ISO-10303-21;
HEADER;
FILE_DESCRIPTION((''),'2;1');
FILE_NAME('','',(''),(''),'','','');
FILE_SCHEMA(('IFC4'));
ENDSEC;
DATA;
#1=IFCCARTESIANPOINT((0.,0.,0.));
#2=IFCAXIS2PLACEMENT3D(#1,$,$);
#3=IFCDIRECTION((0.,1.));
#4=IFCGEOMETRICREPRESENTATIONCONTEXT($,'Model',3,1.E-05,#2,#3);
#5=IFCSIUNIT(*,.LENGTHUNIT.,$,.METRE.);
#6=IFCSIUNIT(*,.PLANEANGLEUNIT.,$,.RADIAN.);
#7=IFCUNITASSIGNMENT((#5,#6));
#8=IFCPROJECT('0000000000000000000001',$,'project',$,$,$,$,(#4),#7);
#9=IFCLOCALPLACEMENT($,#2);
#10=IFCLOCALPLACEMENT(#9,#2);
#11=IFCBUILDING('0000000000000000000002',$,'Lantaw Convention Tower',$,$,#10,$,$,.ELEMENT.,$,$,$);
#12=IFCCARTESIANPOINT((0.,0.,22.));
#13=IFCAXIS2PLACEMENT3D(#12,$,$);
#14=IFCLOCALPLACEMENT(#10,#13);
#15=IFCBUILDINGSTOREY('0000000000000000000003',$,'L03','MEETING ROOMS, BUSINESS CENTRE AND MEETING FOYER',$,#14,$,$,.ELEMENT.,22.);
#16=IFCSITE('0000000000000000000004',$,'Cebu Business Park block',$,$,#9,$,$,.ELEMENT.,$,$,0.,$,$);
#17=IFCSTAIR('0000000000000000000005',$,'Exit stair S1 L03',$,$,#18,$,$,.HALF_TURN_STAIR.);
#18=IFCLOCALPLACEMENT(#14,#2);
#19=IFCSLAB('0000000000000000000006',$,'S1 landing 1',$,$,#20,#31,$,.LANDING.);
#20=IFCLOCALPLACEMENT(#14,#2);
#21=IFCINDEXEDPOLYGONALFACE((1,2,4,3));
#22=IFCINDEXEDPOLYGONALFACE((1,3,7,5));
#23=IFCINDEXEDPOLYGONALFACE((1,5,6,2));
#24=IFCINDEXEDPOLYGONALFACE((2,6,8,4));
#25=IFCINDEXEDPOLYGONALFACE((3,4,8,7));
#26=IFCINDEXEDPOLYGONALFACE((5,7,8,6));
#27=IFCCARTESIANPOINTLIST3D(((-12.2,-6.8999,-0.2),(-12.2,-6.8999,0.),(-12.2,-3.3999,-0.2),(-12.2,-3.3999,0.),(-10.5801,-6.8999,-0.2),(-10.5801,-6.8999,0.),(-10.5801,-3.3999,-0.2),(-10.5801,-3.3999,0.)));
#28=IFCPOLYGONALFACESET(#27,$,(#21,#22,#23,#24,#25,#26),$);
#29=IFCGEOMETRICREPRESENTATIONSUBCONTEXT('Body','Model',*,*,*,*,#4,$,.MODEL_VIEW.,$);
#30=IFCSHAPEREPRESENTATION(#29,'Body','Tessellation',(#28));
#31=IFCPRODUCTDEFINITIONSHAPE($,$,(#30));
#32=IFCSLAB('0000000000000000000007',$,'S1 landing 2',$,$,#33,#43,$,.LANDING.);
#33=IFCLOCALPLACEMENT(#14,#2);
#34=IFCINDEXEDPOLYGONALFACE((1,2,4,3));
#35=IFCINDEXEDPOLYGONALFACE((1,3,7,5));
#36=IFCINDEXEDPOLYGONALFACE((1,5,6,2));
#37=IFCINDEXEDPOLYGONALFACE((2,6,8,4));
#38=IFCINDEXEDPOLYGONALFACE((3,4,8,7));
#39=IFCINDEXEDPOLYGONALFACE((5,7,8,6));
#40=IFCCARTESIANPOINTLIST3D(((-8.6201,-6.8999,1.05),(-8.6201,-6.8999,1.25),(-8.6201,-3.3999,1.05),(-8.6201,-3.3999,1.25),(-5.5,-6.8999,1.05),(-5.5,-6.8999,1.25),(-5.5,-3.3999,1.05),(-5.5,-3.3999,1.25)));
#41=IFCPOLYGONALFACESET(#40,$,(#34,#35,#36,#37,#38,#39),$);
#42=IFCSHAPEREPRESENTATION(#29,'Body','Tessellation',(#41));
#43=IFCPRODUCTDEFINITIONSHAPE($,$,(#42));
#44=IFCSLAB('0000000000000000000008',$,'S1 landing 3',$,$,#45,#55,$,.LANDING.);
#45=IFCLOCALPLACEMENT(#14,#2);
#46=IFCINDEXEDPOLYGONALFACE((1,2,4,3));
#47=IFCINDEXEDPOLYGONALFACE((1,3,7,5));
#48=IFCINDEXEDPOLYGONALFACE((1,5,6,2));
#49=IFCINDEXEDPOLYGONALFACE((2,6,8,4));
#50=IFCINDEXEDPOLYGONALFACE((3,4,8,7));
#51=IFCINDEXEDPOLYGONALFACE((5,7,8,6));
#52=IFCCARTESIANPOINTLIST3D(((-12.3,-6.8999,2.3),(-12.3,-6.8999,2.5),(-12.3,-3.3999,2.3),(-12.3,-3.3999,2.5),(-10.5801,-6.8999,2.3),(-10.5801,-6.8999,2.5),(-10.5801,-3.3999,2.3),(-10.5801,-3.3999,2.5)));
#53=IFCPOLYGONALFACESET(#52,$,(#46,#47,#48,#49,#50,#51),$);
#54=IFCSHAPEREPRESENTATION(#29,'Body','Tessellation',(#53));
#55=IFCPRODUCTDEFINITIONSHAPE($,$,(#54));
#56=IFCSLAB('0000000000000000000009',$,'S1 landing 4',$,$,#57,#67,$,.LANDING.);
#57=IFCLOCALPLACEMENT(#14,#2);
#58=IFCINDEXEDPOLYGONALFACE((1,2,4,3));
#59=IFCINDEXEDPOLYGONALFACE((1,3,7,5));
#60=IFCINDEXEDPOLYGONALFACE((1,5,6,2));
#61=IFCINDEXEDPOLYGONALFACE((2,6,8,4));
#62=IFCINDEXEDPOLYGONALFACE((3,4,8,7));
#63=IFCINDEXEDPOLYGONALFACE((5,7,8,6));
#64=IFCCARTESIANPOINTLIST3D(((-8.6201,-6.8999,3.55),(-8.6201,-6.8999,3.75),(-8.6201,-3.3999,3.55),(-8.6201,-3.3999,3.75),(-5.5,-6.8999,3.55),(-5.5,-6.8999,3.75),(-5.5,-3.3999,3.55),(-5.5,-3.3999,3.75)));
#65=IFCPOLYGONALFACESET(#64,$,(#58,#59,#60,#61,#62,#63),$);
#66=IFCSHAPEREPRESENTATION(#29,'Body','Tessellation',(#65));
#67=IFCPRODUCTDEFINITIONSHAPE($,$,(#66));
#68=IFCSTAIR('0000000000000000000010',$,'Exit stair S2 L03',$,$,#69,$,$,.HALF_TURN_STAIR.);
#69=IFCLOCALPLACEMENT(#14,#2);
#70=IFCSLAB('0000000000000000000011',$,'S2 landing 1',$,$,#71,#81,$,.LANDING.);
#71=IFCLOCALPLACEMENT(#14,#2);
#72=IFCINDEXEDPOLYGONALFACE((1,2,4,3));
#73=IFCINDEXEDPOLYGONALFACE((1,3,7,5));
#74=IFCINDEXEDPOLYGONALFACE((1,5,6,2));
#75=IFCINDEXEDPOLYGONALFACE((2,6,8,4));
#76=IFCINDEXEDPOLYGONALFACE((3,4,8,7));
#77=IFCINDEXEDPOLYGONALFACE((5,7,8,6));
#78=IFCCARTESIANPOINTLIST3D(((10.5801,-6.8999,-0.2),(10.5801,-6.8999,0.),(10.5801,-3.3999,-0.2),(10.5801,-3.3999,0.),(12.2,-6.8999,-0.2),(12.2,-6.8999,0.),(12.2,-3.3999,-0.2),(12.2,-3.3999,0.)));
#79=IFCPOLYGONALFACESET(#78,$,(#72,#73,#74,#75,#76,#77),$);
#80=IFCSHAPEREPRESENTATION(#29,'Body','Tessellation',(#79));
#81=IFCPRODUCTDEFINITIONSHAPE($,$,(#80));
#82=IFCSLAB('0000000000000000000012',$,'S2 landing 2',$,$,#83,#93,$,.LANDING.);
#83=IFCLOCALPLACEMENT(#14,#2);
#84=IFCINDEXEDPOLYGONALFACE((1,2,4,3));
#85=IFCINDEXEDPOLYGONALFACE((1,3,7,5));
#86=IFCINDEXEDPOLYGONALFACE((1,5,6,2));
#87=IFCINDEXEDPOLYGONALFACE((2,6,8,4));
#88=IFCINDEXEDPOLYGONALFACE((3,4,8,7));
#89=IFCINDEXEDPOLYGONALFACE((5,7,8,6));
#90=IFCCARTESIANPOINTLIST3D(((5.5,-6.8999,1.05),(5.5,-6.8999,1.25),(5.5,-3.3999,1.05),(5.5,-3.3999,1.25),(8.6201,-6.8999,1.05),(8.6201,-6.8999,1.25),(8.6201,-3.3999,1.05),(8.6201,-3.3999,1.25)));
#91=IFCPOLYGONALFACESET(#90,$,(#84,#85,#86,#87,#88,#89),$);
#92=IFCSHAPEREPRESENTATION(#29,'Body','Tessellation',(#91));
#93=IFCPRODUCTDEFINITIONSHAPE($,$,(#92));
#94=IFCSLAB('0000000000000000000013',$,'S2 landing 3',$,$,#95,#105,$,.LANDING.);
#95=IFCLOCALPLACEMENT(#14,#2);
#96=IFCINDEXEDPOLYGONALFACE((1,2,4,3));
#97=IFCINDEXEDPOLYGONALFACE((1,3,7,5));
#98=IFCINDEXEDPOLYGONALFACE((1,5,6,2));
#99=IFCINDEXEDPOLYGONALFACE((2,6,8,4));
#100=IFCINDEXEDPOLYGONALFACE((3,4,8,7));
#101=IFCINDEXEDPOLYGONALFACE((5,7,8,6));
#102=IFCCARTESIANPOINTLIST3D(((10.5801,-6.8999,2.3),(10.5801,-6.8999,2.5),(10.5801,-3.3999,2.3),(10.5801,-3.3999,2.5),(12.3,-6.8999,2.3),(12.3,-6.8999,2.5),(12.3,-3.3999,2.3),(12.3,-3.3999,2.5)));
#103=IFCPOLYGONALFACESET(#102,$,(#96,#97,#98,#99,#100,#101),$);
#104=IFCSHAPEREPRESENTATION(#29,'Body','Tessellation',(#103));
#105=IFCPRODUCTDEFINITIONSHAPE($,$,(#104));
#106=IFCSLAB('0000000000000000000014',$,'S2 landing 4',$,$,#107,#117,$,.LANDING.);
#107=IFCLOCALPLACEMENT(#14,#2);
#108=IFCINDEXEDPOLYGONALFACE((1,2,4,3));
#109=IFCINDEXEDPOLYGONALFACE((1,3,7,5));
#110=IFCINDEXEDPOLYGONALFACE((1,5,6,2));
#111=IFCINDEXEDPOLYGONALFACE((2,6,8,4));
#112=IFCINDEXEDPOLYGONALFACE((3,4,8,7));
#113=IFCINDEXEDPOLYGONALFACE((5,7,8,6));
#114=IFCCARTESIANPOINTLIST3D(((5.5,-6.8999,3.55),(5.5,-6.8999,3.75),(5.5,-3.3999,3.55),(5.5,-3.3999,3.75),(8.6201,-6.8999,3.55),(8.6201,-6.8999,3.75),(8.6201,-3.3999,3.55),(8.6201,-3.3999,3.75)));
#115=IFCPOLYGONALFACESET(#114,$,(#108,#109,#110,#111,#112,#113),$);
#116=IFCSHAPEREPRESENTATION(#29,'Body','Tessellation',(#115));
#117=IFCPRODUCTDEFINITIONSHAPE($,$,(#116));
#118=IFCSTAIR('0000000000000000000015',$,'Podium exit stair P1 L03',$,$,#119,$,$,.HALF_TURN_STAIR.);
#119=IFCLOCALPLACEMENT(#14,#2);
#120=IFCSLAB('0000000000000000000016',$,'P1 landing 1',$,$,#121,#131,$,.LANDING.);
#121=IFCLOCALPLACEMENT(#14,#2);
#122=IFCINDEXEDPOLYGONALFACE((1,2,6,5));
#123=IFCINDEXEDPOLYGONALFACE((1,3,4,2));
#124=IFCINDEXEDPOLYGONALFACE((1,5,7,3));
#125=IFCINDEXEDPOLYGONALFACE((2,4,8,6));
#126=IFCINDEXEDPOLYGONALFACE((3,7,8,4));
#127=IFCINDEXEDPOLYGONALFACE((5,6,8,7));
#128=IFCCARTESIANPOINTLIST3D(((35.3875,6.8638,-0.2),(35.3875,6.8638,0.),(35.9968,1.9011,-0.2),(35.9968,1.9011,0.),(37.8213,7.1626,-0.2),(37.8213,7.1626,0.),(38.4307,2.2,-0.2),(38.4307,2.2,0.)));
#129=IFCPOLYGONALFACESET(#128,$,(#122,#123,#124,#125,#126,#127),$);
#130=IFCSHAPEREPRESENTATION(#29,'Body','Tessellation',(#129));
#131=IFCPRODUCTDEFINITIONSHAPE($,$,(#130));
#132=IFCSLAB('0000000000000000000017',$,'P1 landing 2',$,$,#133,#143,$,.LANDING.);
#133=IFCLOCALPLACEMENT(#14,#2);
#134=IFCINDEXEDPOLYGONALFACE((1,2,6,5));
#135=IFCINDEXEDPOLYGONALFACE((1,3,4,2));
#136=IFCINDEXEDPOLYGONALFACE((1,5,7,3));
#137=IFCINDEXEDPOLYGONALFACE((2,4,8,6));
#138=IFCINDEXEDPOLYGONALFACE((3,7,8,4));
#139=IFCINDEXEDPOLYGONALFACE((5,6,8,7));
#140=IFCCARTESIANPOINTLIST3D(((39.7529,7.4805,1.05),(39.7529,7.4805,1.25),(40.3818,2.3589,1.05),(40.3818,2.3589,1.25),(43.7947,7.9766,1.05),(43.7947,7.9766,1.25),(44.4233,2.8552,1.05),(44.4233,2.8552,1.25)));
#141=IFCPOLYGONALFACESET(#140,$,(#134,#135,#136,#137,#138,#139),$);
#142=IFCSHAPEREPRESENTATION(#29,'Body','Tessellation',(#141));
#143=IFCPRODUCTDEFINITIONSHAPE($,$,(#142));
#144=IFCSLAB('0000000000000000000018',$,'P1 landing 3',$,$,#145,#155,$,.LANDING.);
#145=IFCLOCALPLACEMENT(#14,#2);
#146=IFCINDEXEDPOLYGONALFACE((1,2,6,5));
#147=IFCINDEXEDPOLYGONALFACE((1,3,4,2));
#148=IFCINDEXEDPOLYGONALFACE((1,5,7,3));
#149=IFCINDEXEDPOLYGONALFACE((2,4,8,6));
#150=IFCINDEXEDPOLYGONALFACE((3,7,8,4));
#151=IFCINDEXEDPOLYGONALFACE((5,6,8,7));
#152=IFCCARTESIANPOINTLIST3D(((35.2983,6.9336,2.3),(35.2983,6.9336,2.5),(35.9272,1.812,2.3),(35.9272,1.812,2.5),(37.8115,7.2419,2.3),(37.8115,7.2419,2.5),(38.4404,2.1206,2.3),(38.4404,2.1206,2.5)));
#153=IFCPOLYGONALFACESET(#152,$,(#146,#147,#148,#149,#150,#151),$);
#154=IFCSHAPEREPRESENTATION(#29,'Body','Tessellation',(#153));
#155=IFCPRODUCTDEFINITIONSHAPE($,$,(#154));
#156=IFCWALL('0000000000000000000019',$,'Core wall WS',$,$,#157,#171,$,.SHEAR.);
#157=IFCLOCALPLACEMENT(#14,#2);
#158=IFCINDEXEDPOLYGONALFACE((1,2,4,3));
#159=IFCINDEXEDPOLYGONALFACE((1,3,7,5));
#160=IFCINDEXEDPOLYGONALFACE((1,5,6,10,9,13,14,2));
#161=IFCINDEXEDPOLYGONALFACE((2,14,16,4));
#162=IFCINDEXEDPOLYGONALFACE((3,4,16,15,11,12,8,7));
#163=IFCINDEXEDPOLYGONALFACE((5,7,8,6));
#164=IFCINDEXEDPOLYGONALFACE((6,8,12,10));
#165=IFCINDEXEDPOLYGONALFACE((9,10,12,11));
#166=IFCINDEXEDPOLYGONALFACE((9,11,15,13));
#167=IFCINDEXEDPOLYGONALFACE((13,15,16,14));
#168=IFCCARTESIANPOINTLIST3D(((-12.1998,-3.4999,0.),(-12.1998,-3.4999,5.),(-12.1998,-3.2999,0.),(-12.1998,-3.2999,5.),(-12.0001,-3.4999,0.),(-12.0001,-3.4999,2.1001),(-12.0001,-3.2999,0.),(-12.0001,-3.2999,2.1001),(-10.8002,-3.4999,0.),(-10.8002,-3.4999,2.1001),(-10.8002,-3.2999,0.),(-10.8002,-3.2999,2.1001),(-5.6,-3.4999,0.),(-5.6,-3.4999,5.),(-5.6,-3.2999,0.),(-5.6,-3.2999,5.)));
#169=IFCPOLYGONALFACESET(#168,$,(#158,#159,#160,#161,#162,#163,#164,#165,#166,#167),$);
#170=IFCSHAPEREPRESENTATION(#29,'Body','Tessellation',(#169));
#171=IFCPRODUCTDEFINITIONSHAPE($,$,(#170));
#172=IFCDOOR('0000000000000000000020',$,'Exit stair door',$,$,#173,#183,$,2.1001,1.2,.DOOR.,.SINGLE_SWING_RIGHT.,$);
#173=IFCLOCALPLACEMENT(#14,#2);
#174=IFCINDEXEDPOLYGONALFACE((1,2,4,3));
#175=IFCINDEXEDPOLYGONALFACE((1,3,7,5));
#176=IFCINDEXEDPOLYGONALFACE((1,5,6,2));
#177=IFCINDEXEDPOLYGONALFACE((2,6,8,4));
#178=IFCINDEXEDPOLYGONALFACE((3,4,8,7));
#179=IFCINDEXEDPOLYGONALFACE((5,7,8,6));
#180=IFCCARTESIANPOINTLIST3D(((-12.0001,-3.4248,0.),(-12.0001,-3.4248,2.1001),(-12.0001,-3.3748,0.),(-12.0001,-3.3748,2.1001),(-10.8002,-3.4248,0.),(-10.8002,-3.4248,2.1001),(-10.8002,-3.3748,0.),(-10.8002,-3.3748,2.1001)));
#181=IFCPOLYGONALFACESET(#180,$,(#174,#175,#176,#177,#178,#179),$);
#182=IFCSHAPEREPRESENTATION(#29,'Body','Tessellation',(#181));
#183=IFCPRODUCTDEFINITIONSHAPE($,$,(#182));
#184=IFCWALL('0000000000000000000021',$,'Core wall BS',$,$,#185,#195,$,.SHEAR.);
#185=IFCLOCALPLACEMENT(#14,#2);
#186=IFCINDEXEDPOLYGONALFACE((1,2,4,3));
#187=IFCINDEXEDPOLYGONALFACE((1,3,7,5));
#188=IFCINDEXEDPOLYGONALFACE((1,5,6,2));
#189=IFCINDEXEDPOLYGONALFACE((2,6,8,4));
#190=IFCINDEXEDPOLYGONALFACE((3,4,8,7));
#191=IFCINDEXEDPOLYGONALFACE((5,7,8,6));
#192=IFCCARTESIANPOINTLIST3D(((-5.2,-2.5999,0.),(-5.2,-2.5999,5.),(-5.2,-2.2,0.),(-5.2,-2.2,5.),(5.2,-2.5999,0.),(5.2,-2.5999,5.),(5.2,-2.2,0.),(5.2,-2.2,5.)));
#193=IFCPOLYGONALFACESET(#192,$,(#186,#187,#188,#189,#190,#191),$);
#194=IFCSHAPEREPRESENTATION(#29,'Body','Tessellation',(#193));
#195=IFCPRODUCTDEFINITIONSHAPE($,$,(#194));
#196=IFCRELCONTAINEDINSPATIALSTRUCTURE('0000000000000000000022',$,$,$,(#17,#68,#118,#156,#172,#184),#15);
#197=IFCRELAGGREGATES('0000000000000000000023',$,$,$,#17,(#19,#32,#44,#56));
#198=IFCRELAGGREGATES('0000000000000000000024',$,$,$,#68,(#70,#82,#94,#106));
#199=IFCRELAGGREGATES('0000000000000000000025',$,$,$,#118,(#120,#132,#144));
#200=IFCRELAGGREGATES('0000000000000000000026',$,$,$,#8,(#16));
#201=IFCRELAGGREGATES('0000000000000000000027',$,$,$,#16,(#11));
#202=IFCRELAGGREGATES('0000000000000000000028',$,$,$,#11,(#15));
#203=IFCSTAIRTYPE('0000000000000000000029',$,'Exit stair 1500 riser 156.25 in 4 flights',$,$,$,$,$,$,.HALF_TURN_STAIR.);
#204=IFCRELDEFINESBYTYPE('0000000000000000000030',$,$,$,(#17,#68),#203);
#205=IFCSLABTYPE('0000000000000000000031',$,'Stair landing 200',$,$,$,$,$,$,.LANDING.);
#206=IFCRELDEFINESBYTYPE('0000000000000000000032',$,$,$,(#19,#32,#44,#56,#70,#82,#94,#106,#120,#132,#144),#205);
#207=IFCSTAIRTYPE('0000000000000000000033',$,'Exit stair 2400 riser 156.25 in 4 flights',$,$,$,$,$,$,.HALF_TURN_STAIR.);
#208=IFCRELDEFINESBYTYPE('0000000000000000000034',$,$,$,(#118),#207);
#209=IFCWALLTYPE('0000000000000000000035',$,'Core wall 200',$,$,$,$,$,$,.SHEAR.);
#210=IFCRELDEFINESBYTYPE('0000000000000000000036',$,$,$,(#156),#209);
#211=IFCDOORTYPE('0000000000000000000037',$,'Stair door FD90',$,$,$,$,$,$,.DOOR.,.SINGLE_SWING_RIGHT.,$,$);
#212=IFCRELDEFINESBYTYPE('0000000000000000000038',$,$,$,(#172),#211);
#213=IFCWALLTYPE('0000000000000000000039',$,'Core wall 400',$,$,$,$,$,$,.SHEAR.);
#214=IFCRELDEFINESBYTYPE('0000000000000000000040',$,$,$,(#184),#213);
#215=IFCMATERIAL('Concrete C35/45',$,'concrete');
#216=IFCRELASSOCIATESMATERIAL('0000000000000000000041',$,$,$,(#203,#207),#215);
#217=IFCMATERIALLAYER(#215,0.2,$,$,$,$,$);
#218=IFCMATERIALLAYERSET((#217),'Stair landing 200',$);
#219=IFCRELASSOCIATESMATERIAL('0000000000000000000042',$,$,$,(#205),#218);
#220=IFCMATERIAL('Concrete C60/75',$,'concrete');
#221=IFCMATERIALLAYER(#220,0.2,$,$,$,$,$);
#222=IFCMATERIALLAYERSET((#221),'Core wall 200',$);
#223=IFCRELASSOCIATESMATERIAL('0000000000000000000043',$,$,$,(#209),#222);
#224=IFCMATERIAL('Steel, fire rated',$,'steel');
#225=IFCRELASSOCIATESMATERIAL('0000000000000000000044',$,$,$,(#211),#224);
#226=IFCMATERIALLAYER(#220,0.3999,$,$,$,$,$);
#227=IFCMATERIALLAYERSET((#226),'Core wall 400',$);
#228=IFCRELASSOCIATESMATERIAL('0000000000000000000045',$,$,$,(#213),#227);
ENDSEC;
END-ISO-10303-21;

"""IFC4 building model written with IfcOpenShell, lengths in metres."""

from ifc_helpers import new_model, si_unit, direction, frame, frame_2d, origin, place, context, subcontext, project, spatial, polyline, rectangle, outline, extrude, material, layer, layer_set, type_object, element, fill, aggregate, save


model = new_model("IFC4")

# Units and contexts
model_context = context("Model", 3, precision=1e-05, world=origin(), true_north=direction((0.0, 1.0)))
body_context = subcontext(model_context, "Body", "Model", "MODEL_VIEW")
ifc_project = project(units=[si_unit("LENGTHUNIT", "METRE"), si_unit("PLANEANGLEUNIT", "RADIAN")], contexts=[model_context])

# Site, building, storey
site_placement = place(None, origin())
site = spatial("IfcSite", under=ifc_project, at=site_placement, Name="Cebu Business Park block", CompositionType="ELEMENT", RefElevation=0.0)
building_placement = place(site_placement, origin())
building = spatial("IfcBuilding", under=site, at=building_placement, Name="Lantaw Convention Tower", CompositionType="ELEMENT")
storey_placement = place(building_placement, frame((0.0, 0.0, 22.0)))
storey = spatial("IfcBuildingStorey", under=building, at=storey_placement, Name="L03", Description="MEETING ROOMS, BUSINESS CENTRE AND MEETING FOYER", CompositionType="ELEMENT", Elevation=22.0)

# Shared definitions
ifc_material_1 = material(Name="Concrete C35/45", Category="concrete")

# Stairs, slabs
stair_type_1 = type_object("IfcStairType", Name="Exit stair 1500 riser 156.25 in 4 flights", PredefinedType="HALF_TURN_STAIR", material=ifc_material_1)
stair_1_placement = place(storey_placement, origin())
stair_1 = element("IfcStair", 1, at=stair_1_placement, inside=storey, type_object=stair_type_1, Name="Exit stair S1 L03", PredefinedType="HALF_TURN_STAIR")
ifc_layer_1 = layer(ifc_material_1, 0.2)
ifc_layer_set_1 = layer_set([ifc_layer_1], Name="Stair landing 200")
slab_type_1 = type_object("IfcSlabType", Name="Stair landing 200", PredefinedType="LANDING", material=ifc_layer_set_1)
slab_1_placement = place(storey_placement, frame((0.0, 0.0, -0.2)))
slab_1 = element("IfcSlab", 2, at=slab_1_placement, type_object=slab_type_1, Name="S1 landing 1", PredefinedType="LANDING", context=body_context, shape_type="SweptSolid", body=[
    extrude(outline(polyline([(-12.2, -6.8999), (-10.5801, -6.8999), (-10.5801, -3.3999), (-12.2, -3.3999), (-12.2, -6.8999)])), origin(), (0.0, 0.0, 1.0), 0.2),
])
slab_2_placement = place(storey_placement, frame((0.0, 0.0, 1.05)))
slab_2 = element("IfcSlab", 3, at=slab_2_placement, type_object=slab_type_1, Name="S1 landing 2", PredefinedType="LANDING", context=body_context, shape_type="SweptSolid", body=[
    extrude(outline(polyline([(-8.6201, -6.8999), (-5.5, -6.8999), (-5.5, -3.3999), (-8.6201, -3.3999), (-8.6201, -6.8999)])), origin(), (0.0, 0.0, 1.0), 0.2),
])
slab_3_placement = place(storey_placement, frame((0.0, 0.0, 2.3)))
slab_3 = element("IfcSlab", 4, at=slab_3_placement, type_object=slab_type_1, Name="S1 landing 3", PredefinedType="LANDING", context=body_context, shape_type="SweptSolid", body=[
    extrude(outline(polyline([(-12.3, -6.8999), (-10.5801, -6.8999), (-10.5801, -3.3999), (-12.3, -3.3999), (-12.3, -6.8999)])), origin(), (0.0, 0.0, 1.0), 0.2),
])
slab_4_placement = place(storey_placement, frame((0.0, 0.0, 3.55)))
slab_4 = element("IfcSlab", 5, at=slab_4_placement, type_object=slab_type_1, Name="S1 landing 4", PredefinedType="LANDING", context=body_context, shape_type="SweptSolid", body=[
    extrude(outline(polyline([(-8.6201, -6.8999), (-5.5, -6.8999), (-5.5, -3.3999), (-8.6201, -3.3999), (-8.6201, -6.8999)])), origin(), (0.0, 0.0, 1.0), 0.2),
])
aggregate(stair_1, [slab_1, slab_2, slab_3, slab_4])
stair_2_placement = place(storey_placement, origin())
stair_2 = element("IfcStair", 6, at=stair_2_placement, inside=storey, type_object=stair_type_1, Name="Exit stair S2 L03", PredefinedType="HALF_TURN_STAIR")
slab_5_placement = place(storey_placement, frame((0.0, 0.0, -0.2)))
slab_5 = element("IfcSlab", 7, at=slab_5_placement, type_object=slab_type_1, Name="S2 landing 1", PredefinedType="LANDING", context=body_context, shape_type="SweptSolid", body=[
    extrude(outline(polyline([(10.5801, -6.8999), (12.2, -6.8999), (12.2, -3.3999), (10.5801, -3.3999), (10.5801, -6.8999)])), origin(), (0.0, 0.0, 1.0), 0.2),
])
slab_6_placement = place(storey_placement, frame((0.0, 0.0, 1.05)))
slab_6 = element("IfcSlab", 8, at=slab_6_placement, type_object=slab_type_1, Name="S2 landing 2", PredefinedType="LANDING", context=body_context, shape_type="SweptSolid", body=[
    extrude(outline(polyline([(5.5, -6.8999), (8.6201, -6.8999), (8.6201, -3.3999), (5.5, -3.3999), (5.5, -6.8999)])), origin(), (0.0, 0.0, 1.0), 0.2),
])
slab_7_placement = place(storey_placement, frame((0.0, 0.0, 2.3)))
slab_7 = element("IfcSlab", 9, at=slab_7_placement, type_object=slab_type_1, Name="S2 landing 3", PredefinedType="LANDING", context=body_context, shape_type="SweptSolid", body=[
    extrude(outline(polyline([(10.5801, -6.8999), (12.3, -6.8999), (12.3, -3.3999), (10.5801, -3.3999), (10.5801, -6.8999)])), origin(), (0.0, 0.0, 1.0), 0.2),
])
slab_8_placement = place(storey_placement, frame((0.0, 0.0, 3.55)))
slab_8 = element("IfcSlab", 10, at=slab_8_placement, type_object=slab_type_1, Name="S2 landing 4", PredefinedType="LANDING", context=body_context, shape_type="SweptSolid", body=[
    extrude(outline(polyline([(5.5, -6.8999), (8.6201, -6.8999), (8.6201, -3.3999), (5.5, -3.3999), (5.5, -6.8999)])), origin(), (0.0, 0.0, 1.0), 0.2),
])
aggregate(stair_2, [slab_5, slab_6, slab_7, slab_8])
stair_type_2 = type_object("IfcStairType", Name="Exit stair 2400 riser 156.25 in 4 flights", PredefinedType="HALF_TURN_STAIR", material=ifc_material_1)
stair_3_placement = place(storey_placement, origin())
stair_3 = element("IfcStair", 11, at=stair_3_placement, inside=storey, type_object=stair_type_2, Name="Podium exit stair P1 L03", PredefinedType="HALF_TURN_STAIR")
slab_9_placement = place(storey_placement, frame((0.0, 0.0, -0.2)))
slab_9 = element("IfcSlab", 12, at=slab_9_placement, type_object=slab_type_1, Name="P1 landing 1", PredefinedType="LANDING", context=body_context, shape_type="SweptSolid", body=[
    extrude(outline(polyline([(35.9968, 1.9011), (38.4307, 2.2), (37.8213, 7.1626), (35.3875, 6.8638), (35.9968, 1.9011)])), origin(), (0.0, 0.0, 1.0), 0.2),
])
slab_10_placement = place(storey_placement, frame((0.0, 0.0, 1.05)))
slab_10 = element("IfcSlab", 13, at=slab_10_placement, type_object=slab_type_1, Name="P1 landing 2", PredefinedType="LANDING", context=body_context, shape_type="SweptSolid", body=[
    extrude(outline(polyline([(40.3818, 2.3589), (44.4233, 2.8552), (43.7947, 7.9766), (39.7529, 7.4805), (40.3818, 2.3589)])), origin(), (0.0, 0.0, 1.0), 0.2),
])
slab_11_placement = place(storey_placement, frame((0.0, 0.0, 2.3)))
slab_11 = element("IfcSlab", 14, at=slab_11_placement, type_object=slab_type_1, Name="P1 landing 3", PredefinedType="LANDING", context=body_context, shape_type="SweptSolid", body=[
    extrude(outline(polyline([(35.9272, 1.812), (38.4404, 2.1206), (37.8115, 7.2419), (35.2983, 6.9336), (35.9272, 1.812)])), origin(), (0.0, 0.0, 1.0), 0.2),
])
aggregate(stair_3, [slab_9, slab_10, slab_11])

# Wall, opening, door
ifc_material_2 = material(Name="Concrete C60/75", Category="concrete")
ifc_layer_2 = layer(ifc_material_2, 0.2)
ifc_layer_set_2 = layer_set([ifc_layer_2], Name="Core wall 200")
wall_type_1 = type_object("IfcWallType", Name="Core wall 200", PredefinedType="SHEAR", material=ifc_layer_set_2)
wall_1_placement = place(storey_placement, frame((-5.6001, -3.3999, 0.0), z_axis=(0.0, 0.0, 1.0), x_axis=(-1.0, 0.0, 0.0)))
wall_1 = element("IfcWall", 15, at=wall_1_placement, inside=storey, type_object=wall_type_1, Name="Core wall WS", PredefinedType="SHEAR", context=body_context, shape_type="SweptSolid", body=[
    extrude(rectangle(XDim=6.5999, YDim=0.2, at=frame_2d((3.2998, 0.0))), origin(), (0.0, 0.0, 1.0), 5.0),
])
opening_placement = place(wall_1_placement, frame((5.2, 0.0, 0.0)))
opening = element("IfcOpeningElement", 16, at=opening_placement, cuts=wall_1, PredefinedType="OPENING", context=body_context, shape_type="SweptSolid", body=[
    extrude(rectangle(XDim=1.2, YDim=2.1001, at=frame_2d((0.6001, 1.05))), frame((0.0, 0.1099, 0.0), z_axis=(0.0, -1.0, 0.0), x_axis=(1.0, 0.0, 0.0)), (0.0, 0.0, 1.0), 0.22),
])
ifc_material_3 = material(Name="Steel, fire rated", Category="steel")
door_type = type_object("IfcDoorType", Name="Stair door FD90", OperationType="SINGLE_SWING_RIGHT", PredefinedType="DOOR", material=ifc_material_3)
door_placement = place(opening_placement, origin())
door = element("IfcDoor", 17, at=door_placement, inside=storey, type_object=door_type, Name="Exit stair door", OperationType="SINGLE_SWING_RIGHT", OverallHeight=2.1001, OverallWidth=1.2, PredefinedType="DOOR", context=body_context, shape_type="SweptSolid", body=[
    extrude(rectangle(XDim=1.2, YDim=2.1001, at=frame_2d((0.6001, 1.05))), frame((0.0, 0.0249, 0.0), z_axis=(0.0, -1.0, 0.0), x_axis=(1.0, 0.0, 0.0)), (0.0, 0.0, 1.0), 0.05),
])
fill(opening, door)

# Wall
ifc_layer_3 = layer(ifc_material_2, 0.3999)
ifc_layer_set_3 = layer_set([ifc_layer_3], Name="Core wall 400")
wall_type_2 = type_object("IfcWallType", Name="Core wall 400", PredefinedType="SHEAR", material=ifc_layer_set_3)
wall_2_placement = place(storey_placement, frame((-5.2, -2.3999, 0.0), z_axis=(0.0, 0.0, 1.0), x_axis=(1.0, 0.0, 0.0)))
element("IfcWall", 18, at=wall_2_placement, inside=storey, type_object=wall_type_2, Name="Core wall BS", PredefinedType="SHEAR", context=body_context, shape_type="SweptSolid", body=[
    extrude(rectangle(XDim=10.3999, YDim=0.3999, at=frame_2d((5.2, 0.0))), origin(), (0.0, 0.0, 1.0), 5.0),
])

save(model, "model.ifc")
